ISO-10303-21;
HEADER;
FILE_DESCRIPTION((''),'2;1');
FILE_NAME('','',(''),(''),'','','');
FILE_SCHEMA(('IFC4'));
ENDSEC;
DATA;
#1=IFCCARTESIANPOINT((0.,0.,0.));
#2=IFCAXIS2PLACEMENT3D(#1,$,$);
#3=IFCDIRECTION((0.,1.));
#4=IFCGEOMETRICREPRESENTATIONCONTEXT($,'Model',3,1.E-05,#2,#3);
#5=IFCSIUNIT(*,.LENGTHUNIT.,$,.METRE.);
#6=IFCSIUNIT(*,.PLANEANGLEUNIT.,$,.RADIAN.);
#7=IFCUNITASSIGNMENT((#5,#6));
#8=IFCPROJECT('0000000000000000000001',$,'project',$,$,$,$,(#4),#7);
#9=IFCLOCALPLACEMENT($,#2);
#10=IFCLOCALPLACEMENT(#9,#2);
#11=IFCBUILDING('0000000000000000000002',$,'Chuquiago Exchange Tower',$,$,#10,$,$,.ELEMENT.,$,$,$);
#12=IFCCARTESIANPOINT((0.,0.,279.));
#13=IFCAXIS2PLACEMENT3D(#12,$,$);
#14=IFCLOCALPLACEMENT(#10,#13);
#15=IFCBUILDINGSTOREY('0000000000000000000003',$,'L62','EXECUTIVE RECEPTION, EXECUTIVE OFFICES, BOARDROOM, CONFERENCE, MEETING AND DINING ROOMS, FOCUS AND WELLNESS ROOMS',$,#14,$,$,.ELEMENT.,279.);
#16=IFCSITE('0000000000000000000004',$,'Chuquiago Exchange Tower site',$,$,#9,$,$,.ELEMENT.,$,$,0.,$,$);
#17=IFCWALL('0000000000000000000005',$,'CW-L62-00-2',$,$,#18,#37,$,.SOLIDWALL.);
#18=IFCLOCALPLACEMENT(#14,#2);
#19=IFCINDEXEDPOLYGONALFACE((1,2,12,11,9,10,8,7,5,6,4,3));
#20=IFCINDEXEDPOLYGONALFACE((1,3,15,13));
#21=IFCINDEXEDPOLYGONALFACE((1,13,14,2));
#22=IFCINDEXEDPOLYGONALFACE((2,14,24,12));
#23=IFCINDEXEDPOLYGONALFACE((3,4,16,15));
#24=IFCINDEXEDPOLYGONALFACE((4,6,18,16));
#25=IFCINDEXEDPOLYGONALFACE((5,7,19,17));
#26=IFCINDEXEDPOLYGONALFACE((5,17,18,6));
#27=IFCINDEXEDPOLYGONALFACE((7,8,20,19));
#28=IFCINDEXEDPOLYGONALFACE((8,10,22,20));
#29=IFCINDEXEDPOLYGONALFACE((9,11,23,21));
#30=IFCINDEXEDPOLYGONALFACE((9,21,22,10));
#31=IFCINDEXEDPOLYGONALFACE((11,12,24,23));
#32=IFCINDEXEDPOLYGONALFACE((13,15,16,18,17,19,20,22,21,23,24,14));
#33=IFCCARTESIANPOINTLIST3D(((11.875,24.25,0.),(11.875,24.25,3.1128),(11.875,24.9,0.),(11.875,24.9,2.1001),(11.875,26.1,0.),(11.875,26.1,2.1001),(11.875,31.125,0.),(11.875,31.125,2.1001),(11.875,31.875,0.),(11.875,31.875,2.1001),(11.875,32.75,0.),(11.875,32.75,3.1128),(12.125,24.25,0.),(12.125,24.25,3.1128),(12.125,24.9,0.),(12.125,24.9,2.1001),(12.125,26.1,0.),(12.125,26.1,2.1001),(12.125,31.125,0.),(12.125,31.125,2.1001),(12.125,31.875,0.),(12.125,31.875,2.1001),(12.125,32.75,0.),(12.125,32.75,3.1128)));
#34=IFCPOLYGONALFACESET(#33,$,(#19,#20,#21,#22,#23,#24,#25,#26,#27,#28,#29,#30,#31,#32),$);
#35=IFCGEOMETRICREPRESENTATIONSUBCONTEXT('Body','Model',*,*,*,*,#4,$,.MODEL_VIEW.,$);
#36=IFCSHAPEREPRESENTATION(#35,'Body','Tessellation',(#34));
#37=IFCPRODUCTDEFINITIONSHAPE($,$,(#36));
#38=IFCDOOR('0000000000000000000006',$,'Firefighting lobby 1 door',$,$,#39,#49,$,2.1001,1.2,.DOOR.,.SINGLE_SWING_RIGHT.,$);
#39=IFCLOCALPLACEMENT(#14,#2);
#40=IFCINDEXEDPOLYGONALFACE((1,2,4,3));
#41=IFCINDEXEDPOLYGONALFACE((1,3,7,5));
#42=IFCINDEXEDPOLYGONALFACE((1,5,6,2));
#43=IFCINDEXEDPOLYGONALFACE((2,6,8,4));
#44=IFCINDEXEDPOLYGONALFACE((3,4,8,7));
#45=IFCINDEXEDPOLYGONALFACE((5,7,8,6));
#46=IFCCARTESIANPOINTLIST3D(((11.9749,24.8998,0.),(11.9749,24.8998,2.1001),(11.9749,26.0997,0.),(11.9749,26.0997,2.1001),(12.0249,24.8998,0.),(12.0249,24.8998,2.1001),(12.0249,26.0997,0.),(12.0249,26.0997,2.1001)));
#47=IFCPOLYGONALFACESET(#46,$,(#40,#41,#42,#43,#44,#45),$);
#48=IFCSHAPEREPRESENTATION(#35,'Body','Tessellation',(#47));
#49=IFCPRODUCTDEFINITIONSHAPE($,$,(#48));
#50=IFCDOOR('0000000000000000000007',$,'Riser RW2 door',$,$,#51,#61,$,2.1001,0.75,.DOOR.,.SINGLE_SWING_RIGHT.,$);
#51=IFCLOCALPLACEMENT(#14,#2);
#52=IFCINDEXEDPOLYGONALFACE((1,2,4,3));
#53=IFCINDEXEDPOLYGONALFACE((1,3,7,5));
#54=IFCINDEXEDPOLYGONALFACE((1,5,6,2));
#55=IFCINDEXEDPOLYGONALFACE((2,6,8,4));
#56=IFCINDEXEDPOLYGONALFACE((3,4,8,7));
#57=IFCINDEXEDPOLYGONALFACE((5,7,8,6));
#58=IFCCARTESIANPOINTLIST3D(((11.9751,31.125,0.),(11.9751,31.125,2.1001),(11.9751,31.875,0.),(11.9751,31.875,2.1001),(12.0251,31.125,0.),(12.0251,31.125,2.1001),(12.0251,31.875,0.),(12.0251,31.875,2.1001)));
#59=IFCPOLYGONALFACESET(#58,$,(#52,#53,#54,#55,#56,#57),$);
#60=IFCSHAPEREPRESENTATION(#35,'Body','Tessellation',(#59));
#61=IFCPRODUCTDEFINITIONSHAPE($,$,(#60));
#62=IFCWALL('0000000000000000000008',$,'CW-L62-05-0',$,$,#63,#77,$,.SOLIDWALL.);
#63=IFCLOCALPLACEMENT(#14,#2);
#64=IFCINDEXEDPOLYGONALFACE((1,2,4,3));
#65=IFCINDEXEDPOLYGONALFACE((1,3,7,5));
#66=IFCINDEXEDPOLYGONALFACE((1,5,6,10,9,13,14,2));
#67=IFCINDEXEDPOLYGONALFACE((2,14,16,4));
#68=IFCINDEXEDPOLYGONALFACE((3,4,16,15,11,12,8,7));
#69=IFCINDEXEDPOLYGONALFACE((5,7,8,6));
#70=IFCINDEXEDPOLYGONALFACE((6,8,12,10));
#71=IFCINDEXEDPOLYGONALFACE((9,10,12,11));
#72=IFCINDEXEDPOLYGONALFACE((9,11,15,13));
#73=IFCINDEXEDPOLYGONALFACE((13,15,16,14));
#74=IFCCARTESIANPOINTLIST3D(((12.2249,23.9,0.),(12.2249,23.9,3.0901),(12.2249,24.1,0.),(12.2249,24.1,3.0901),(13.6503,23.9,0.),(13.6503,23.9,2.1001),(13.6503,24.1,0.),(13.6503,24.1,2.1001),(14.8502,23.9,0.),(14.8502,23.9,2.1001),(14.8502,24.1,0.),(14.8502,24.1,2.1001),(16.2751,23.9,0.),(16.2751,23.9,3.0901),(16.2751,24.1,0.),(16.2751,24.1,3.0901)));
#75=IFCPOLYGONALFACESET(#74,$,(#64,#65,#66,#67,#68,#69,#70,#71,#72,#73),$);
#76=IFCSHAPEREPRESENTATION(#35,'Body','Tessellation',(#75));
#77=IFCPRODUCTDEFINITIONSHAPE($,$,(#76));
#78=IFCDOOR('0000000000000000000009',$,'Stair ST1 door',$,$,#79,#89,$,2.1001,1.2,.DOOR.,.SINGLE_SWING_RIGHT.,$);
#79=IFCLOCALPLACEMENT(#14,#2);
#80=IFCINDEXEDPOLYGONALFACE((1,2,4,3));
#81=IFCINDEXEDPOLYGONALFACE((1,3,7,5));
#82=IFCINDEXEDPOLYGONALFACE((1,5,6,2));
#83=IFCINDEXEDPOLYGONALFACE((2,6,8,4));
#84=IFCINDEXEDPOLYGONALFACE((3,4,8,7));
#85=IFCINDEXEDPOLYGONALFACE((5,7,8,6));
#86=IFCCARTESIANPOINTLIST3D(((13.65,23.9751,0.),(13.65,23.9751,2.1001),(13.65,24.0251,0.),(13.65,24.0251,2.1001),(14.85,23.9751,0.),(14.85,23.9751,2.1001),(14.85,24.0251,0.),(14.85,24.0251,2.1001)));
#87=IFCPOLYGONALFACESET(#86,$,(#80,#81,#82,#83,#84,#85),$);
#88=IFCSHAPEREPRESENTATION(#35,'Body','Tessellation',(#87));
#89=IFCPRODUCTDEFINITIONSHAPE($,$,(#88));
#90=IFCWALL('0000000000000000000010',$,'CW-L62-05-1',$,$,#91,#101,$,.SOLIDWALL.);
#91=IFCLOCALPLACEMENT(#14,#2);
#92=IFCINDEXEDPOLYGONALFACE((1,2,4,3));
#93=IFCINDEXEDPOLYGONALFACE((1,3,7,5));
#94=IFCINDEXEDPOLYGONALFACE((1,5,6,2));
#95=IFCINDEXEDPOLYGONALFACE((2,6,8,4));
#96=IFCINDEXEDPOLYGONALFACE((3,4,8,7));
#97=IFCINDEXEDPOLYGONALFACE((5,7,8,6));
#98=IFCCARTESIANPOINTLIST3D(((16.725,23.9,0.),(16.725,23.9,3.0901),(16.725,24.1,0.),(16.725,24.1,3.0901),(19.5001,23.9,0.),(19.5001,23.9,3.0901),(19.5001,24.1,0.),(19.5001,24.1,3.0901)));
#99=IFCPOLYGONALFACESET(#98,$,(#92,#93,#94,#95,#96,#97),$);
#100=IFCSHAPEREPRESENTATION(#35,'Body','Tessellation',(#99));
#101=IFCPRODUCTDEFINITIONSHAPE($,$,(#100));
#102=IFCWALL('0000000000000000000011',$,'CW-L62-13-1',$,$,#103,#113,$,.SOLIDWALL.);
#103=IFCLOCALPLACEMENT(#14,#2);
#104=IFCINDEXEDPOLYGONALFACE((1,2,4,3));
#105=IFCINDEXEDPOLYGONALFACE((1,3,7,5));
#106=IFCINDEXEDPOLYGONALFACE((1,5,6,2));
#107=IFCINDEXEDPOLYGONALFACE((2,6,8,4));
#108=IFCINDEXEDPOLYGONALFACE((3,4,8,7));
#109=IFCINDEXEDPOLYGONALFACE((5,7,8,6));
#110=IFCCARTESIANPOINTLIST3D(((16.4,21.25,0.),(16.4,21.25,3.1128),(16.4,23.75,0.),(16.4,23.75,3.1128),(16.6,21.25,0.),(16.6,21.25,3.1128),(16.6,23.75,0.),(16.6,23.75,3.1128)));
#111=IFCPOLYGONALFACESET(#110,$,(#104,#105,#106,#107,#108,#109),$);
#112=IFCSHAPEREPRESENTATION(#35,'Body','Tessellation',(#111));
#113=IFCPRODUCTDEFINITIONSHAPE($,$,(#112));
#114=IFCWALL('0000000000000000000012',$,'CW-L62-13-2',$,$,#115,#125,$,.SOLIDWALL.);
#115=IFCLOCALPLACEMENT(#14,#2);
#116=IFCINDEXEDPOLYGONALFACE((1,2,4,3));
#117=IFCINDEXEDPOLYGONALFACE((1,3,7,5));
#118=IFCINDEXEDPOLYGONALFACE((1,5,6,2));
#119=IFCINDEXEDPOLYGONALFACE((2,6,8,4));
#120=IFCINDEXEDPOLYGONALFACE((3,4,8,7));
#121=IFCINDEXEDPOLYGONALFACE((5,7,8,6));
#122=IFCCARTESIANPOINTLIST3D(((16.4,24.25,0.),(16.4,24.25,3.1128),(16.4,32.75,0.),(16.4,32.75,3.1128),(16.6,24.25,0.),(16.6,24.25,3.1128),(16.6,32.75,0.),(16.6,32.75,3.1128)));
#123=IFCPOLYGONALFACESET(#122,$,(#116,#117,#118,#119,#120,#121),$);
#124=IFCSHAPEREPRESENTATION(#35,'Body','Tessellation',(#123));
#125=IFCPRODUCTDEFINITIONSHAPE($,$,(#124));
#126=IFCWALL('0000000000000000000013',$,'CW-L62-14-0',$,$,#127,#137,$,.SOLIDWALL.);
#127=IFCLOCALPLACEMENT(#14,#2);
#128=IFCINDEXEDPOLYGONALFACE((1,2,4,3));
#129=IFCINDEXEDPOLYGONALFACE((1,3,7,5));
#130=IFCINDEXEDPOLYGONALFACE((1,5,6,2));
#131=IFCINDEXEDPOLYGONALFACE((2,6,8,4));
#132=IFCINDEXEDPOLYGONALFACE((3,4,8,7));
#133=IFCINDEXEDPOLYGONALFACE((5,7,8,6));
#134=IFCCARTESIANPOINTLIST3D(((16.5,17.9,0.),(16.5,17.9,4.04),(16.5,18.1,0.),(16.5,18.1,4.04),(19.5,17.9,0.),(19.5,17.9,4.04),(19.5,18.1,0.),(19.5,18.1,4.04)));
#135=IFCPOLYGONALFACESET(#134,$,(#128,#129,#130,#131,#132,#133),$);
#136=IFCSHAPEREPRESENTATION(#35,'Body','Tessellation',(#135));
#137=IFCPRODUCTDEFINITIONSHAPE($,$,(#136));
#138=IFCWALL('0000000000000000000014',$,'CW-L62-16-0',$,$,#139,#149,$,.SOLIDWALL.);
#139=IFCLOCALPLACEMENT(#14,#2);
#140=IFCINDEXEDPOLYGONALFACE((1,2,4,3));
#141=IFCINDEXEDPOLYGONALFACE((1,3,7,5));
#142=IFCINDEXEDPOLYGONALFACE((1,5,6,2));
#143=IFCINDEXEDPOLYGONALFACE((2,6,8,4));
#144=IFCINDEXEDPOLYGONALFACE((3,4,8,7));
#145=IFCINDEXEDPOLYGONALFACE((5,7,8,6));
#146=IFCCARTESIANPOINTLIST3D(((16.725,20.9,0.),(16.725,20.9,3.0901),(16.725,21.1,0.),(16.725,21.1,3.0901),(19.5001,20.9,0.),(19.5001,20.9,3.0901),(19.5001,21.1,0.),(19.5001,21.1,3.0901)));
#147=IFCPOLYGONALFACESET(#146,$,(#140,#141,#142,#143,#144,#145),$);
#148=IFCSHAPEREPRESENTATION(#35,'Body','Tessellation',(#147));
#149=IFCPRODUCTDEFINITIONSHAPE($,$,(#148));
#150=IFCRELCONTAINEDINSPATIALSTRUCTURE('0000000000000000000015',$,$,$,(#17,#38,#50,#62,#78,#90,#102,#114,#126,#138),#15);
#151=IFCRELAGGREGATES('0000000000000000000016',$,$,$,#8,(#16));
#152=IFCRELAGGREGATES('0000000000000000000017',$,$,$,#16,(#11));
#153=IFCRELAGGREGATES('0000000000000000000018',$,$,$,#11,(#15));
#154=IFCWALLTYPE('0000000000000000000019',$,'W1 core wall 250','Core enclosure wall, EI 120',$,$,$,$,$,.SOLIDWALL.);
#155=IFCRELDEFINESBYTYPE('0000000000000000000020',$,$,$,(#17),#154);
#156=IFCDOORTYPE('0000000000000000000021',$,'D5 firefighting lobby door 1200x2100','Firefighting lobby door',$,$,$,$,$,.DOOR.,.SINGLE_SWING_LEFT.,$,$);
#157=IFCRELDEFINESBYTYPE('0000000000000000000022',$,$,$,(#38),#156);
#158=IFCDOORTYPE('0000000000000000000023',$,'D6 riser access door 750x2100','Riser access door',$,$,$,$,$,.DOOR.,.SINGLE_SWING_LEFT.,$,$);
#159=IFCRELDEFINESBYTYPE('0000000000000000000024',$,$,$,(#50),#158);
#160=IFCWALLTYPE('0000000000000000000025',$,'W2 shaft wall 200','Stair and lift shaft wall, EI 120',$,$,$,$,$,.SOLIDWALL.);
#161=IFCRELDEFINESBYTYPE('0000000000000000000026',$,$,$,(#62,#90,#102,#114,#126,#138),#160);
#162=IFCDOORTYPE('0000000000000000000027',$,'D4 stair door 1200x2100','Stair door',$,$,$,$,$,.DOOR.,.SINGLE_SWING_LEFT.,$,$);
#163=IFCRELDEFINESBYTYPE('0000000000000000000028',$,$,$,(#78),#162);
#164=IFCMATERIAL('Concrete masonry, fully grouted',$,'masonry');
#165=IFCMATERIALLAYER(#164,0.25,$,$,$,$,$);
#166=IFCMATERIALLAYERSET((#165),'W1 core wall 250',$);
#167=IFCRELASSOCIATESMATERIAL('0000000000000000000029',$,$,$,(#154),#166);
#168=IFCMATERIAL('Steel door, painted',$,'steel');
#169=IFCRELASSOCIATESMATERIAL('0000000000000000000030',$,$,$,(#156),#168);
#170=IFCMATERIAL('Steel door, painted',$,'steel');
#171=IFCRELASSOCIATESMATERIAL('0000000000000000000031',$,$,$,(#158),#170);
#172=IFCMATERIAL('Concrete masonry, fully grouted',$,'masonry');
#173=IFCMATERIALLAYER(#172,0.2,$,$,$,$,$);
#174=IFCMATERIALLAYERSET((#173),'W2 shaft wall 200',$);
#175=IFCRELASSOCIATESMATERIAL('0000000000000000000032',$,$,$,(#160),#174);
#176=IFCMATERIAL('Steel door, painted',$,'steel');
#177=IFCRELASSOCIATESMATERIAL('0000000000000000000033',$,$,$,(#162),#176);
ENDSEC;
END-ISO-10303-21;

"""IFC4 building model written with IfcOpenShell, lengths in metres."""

from ifc_helpers import new_model, si_unit, direction, frame, frame_2d, origin, place, context, subcontext, project, spatial, rectangle, extrude, material, layer, layer_set, type_object, element, fill, save


model = new_model("IFC4")

# Units and contexts
model_context = context("Model", 3, precision=1e-05, world=origin(), true_north=direction((0.0, 1.0)))
body_context = subcontext(model_context, "Body", "Model", "MODEL_VIEW")
ifc_project = project(units=[si_unit("LENGTHUNIT", "METRE"), si_unit("PLANEANGLEUNIT", "RADIAN")], contexts=[model_context])

# Site, building, storey
site_placement = place(None, origin())
site = spatial("IfcSite", under=ifc_project, at=site_placement, Name="Chuquiago Exchange Tower site", CompositionType="ELEMENT", RefElevation=0.0)
building_placement = place(site_placement, origin())
building = spatial("IfcBuilding", under=site, at=building_placement, Name="Chuquiago Exchange Tower", CompositionType="ELEMENT")
storey_placement = place(building_placement, frame((0.0, 0.0, 279.0)))
storey = spatial("IfcBuildingStorey", under=building, at=storey_placement, Name="L62", Description="EXECUTIVE RECEPTION, EXECUTIVE OFFICES, BOARDROOM, CONFERENCE, MEETING AND DINING ROOMS, FOCUS AND WELLNESS ROOMS", CompositionType="ELEMENT", Elevation=279.0)

# Shared definitions
ifc_material_1 = material(Name="Concrete masonry, fully grouted", Category="masonry")
ifc_layer_1 = layer(ifc_material_1, 0.25)
ifc_layer_set_1 = layer_set([ifc_layer_1], Name="W1 core wall 250")
wall_type_1 = type_object("IfcWallType", Name="W1 core wall 250", Description="Core enclosure wall, EI 120", PredefinedType="SOLIDWALL", material=ifc_layer_set_1)

# Wall, openings, doors
wall_1_placement = place(storey_placement, frame((12.0, 24.25, 0.0), z_axis=(0.0, 0.0, 1.0), x_axis=(0.0, 1.0, 0.0)))
wall_1 = element("IfcWall", 1, at=wall_1_placement, inside=storey, type_object=wall_type_1, Name="CW-L62-00-2", PredefinedType="SOLIDWALL", context=body_context, shape_type="SweptSolid", body=[
    extrude(rectangle(XDim=8.5, YDim=0.25, at=frame_2d((4.25, 0.0))), origin(), (0.0, 0.0, 1.0), 3.1128),
])
opening_1_placement = place(wall_1_placement, frame((0.6499, 0.0, 0.0)))
opening_1 = element("IfcOpeningElement", 2, at=opening_1_placement, cuts=wall_1, PredefinedType="OPENING", context=body_context, shape_type="SweptSolid", body=[
    extrude(rectangle(XDim=1.2, YDim=2.1001, at=frame_2d((0.6001, 1.05))), frame((0.0, 0.135, 0.0), z_axis=(0.0, -1.0, 0.0), x_axis=(1.0, 0.0, 0.0)), (0.0, 0.0, 1.0), 0.27),
])
opening_2_placement = place(wall_1_placement, frame((6.875, 0.0, 0.0)))
opening_2 = element("IfcOpeningElement", 3, at=opening_2_placement, cuts=wall_1, PredefinedType="OPENING", context=body_context, shape_type="SweptSolid", body=[
    extrude(rectangle(XDim=0.75, YDim=2.1001, at=frame_2d((0.375, 1.05))), frame((0.0, 0.135, 0.0), z_axis=(0.0, -1.0, 0.0), x_axis=(1.0, 0.0, 0.0)), (0.0, 0.0, 1.0), 0.27),
])
ifc_material_2 = material(Name="Steel door, painted", Category="steel")
door_type_1 = type_object("IfcDoorType", Name="D5 firefighting lobby door 1200x2100", Description="Firefighting lobby door", OperationType="SINGLE_SWING_LEFT", PredefinedType="DOOR", material=ifc_material_2)
door_1_placement = place(opening_1_placement, frame((1.2, 0.0, 0.0), z_axis=(0.0, 0.0, 1.0), x_axis=(-1.0, 0.0, 0.0)))
door_1 = element("IfcDoor", 4, at=door_1_placement, inside=storey, type_object=door_type_1, Name="Firefighting lobby 1 door", OperationType="SINGLE_SWING_RIGHT", OverallHeight=2.1001, OverallWidth=1.2, PredefinedType="DOOR", context=body_context, shape_type="SweptSolid", body=[
    extrude(rectangle(XDim=1.2, YDim=2.1001, at=frame_2d((0.6001, 1.05))), frame((0.0, 0.0249, 0.0), z_axis=(0.0, -1.0, 0.0), x_axis=(1.0, 0.0, 0.0)), (0.0, 0.0, 1.0), 0.05),
])
fill(opening_1, door_1)
ifc_material_3 = material(Name="Steel door, painted", Category="steel")
door_type_2 = type_object("IfcDoorType", Name="D6 riser access door 750x2100", Description="Riser access door", OperationType="SINGLE_SWING_LEFT", PredefinedType="DOOR", material=ifc_material_3)
door_2_placement = place(opening_2_placement, origin())
door_2 = element("IfcDoor", 5, at=door_2_placement, inside=storey, type_object=door_type_2, Name="Riser RW2 door", OperationType="SINGLE_SWING_RIGHT", OverallHeight=2.1001, OverallWidth=0.75, PredefinedType="DOOR", context=body_context, shape_type="SweptSolid", body=[
    extrude(rectangle(XDim=0.75, YDim=2.1001, at=frame_2d((0.375, 1.05))), frame((0.0, 0.0249, 0.0), z_axis=(0.0, -1.0, 0.0), x_axis=(1.0, 0.0, 0.0)), (0.0, 0.0, 1.0), 0.05),
])
fill(opening_2, door_2)

# Wall, opening, door
ifc_material_4 = material(Name="Concrete masonry, fully grouted", Category="masonry")
ifc_layer_2 = layer(ifc_material_4, 0.2)
ifc_layer_set_2 = layer_set([ifc_layer_2], Name="W2 shaft wall 200")
wall_type_2 = type_object("IfcWallType", Name="W2 shaft wall 200", Description="Stair and lift shaft wall, EI 120", PredefinedType="SOLIDWALL", material=ifc_layer_set_2)
wall_2_placement = place(storey_placement, frame((12.2249, 24.0, 0.0), z_axis=(0.0, 0.0, 1.0), x_axis=(1.0, 0.0, 0.0)))
wall_2 = element("IfcWall", 6, at=wall_2_placement, inside=storey, type_object=wall_type_2, Name="CW-L62-05-0", PredefinedType="SOLIDWALL", context=body_context, shape_type="SweptSolid", body=[
    extrude(rectangle(XDim=4.0503, YDim=0.2, at=frame_2d((2.0251, 0.0))), origin(), (0.0, 0.0, 1.0), 3.0901),
])
opening_3_placement = place(wall_2_placement, frame((1.4253, 0.0, 0.0)))
opening_3 = element("IfcOpeningElement", 7, at=opening_3_placement, cuts=wall_2, PredefinedType="OPENING", context=body_context, shape_type="SweptSolid", body=[
    extrude(rectangle(XDim=1.2, YDim=2.1001, at=frame_2d((0.6001, 1.05))), frame((0.0, 0.1099, 0.0), z_axis=(0.0, -1.0, 0.0), x_axis=(1.0, 0.0, 0.0)), (0.0, 0.0, 1.0), 0.22),
])
ifc_material_5 = material(Name="Steel door, painted", Category="steel")
door_type_3 = type_object("IfcDoorType", Name="D4 stair door 1200x2100", Description="Stair door", OperationType="SINGLE_SWING_LEFT", PredefinedType="DOOR", material=ifc_material_5)
door_3_placement = place(opening_3_placement, frame((1.2, 0.0, 0.0), z_axis=(0.0, 0.0, 1.0), x_axis=(-1.0, 0.0, 0.0)))
door_3 = element("IfcDoor", 8, at=door_3_placement, inside=storey, type_object=door_type_3, Name="Stair ST1 door", OperationType="SINGLE_SWING_RIGHT", OverallHeight=2.1001, OverallWidth=1.2, PredefinedType="DOOR", context=body_context, shape_type="SweptSolid", body=[
    extrude(rectangle(XDim=1.2, YDim=2.1001, at=frame_2d((0.6001, 1.05))), frame((0.0, 0.0249, 0.0), z_axis=(0.0, -1.0, 0.0), x_axis=(1.0, 0.0, 0.0)), (0.0, 0.0, 1.0), 0.05),
])
fill(opening_3, door_3)

# Walls
wall_3_placement = place(storey_placement, frame((16.7249, 24.0, 0.0), z_axis=(0.0, 0.0, 1.0), x_axis=(1.0, 0.0, 0.0)))
element("IfcWall", 9, at=wall_3_placement, inside=storey, type_object=wall_type_2, Name="CW-L62-05-1", PredefinedType="SOLIDWALL", context=body_context, shape_type="SweptSolid", body=[
    extrude(rectangle(XDim=2.7751, YDim=0.2, at=frame_2d((1.3877, 0.0))), origin(), (0.0, 0.0, 1.0), 3.0901),
])
wall_4_placement = place(storey_placement, frame((16.5, 21.25, 0.0), z_axis=(0.0, 0.0, 1.0), x_axis=(0.0, 1.0, 0.0)))
element("IfcWall", 10, at=wall_4_placement, inside=storey, type_object=wall_type_2, Name="CW-L62-13-1", PredefinedType="SOLIDWALL", context=body_context, shape_type="SweptSolid", body=[
    extrude(rectangle(XDim=2.5, YDim=0.2, at=frame_2d((1.25, 0.0))), origin(), (0.0, 0.0, 1.0), 3.1128),
])
wall_5_placement = place(storey_placement, frame((16.5, 24.25, 0.0), z_axis=(0.0, 0.0, 1.0), x_axis=(0.0, 1.0, 0.0)))
element("IfcWall", 11, at=wall_5_placement, inside=storey, type_object=wall_type_2, Name="CW-L62-13-2", PredefinedType="SOLIDWALL", context=body_context, shape_type="SweptSolid", body=[
    extrude(rectangle(XDim=8.5, YDim=0.2, at=frame_2d((4.25, 0.0))), origin(), (0.0, 0.0, 1.0), 3.1128),
])
wall_6_placement = place(storey_placement, frame((16.5, 18.0, 0.0), z_axis=(0.0, 0.0, 1.0), x_axis=(1.0, 0.0, 0.0)))
element("IfcWall", 12, at=wall_6_placement, inside=storey, type_object=wall_type_2, Name="CW-L62-14-0", PredefinedType="SOLIDWALL", context=body_context, shape_type="SweptSolid", body=[
    extrude(rectangle(XDim=3.0, YDim=0.2, at=frame_2d((1.5, 0.0))), origin(), (0.0, 0.0, 1.0), 4.04),
])
wall_7_placement = place(storey_placement, frame((16.7249, 21.0, 0.0), z_axis=(0.0, 0.0, 1.0), x_axis=(1.0, 0.0, 0.0)))
element("IfcWall", 13, at=wall_7_placement, inside=storey, type_object=wall_type_2, Name="CW-L62-16-0", PredefinedType="SOLIDWALL", context=body_context, shape_type="SweptSolid", body=[
    extrude(rectangle(XDim=2.7751, YDim=0.2, at=frame_2d((1.3877, 0.0))), origin(), (0.0, 0.0, 1.0), 3.0901),
])

save(model, "model.ifc")
